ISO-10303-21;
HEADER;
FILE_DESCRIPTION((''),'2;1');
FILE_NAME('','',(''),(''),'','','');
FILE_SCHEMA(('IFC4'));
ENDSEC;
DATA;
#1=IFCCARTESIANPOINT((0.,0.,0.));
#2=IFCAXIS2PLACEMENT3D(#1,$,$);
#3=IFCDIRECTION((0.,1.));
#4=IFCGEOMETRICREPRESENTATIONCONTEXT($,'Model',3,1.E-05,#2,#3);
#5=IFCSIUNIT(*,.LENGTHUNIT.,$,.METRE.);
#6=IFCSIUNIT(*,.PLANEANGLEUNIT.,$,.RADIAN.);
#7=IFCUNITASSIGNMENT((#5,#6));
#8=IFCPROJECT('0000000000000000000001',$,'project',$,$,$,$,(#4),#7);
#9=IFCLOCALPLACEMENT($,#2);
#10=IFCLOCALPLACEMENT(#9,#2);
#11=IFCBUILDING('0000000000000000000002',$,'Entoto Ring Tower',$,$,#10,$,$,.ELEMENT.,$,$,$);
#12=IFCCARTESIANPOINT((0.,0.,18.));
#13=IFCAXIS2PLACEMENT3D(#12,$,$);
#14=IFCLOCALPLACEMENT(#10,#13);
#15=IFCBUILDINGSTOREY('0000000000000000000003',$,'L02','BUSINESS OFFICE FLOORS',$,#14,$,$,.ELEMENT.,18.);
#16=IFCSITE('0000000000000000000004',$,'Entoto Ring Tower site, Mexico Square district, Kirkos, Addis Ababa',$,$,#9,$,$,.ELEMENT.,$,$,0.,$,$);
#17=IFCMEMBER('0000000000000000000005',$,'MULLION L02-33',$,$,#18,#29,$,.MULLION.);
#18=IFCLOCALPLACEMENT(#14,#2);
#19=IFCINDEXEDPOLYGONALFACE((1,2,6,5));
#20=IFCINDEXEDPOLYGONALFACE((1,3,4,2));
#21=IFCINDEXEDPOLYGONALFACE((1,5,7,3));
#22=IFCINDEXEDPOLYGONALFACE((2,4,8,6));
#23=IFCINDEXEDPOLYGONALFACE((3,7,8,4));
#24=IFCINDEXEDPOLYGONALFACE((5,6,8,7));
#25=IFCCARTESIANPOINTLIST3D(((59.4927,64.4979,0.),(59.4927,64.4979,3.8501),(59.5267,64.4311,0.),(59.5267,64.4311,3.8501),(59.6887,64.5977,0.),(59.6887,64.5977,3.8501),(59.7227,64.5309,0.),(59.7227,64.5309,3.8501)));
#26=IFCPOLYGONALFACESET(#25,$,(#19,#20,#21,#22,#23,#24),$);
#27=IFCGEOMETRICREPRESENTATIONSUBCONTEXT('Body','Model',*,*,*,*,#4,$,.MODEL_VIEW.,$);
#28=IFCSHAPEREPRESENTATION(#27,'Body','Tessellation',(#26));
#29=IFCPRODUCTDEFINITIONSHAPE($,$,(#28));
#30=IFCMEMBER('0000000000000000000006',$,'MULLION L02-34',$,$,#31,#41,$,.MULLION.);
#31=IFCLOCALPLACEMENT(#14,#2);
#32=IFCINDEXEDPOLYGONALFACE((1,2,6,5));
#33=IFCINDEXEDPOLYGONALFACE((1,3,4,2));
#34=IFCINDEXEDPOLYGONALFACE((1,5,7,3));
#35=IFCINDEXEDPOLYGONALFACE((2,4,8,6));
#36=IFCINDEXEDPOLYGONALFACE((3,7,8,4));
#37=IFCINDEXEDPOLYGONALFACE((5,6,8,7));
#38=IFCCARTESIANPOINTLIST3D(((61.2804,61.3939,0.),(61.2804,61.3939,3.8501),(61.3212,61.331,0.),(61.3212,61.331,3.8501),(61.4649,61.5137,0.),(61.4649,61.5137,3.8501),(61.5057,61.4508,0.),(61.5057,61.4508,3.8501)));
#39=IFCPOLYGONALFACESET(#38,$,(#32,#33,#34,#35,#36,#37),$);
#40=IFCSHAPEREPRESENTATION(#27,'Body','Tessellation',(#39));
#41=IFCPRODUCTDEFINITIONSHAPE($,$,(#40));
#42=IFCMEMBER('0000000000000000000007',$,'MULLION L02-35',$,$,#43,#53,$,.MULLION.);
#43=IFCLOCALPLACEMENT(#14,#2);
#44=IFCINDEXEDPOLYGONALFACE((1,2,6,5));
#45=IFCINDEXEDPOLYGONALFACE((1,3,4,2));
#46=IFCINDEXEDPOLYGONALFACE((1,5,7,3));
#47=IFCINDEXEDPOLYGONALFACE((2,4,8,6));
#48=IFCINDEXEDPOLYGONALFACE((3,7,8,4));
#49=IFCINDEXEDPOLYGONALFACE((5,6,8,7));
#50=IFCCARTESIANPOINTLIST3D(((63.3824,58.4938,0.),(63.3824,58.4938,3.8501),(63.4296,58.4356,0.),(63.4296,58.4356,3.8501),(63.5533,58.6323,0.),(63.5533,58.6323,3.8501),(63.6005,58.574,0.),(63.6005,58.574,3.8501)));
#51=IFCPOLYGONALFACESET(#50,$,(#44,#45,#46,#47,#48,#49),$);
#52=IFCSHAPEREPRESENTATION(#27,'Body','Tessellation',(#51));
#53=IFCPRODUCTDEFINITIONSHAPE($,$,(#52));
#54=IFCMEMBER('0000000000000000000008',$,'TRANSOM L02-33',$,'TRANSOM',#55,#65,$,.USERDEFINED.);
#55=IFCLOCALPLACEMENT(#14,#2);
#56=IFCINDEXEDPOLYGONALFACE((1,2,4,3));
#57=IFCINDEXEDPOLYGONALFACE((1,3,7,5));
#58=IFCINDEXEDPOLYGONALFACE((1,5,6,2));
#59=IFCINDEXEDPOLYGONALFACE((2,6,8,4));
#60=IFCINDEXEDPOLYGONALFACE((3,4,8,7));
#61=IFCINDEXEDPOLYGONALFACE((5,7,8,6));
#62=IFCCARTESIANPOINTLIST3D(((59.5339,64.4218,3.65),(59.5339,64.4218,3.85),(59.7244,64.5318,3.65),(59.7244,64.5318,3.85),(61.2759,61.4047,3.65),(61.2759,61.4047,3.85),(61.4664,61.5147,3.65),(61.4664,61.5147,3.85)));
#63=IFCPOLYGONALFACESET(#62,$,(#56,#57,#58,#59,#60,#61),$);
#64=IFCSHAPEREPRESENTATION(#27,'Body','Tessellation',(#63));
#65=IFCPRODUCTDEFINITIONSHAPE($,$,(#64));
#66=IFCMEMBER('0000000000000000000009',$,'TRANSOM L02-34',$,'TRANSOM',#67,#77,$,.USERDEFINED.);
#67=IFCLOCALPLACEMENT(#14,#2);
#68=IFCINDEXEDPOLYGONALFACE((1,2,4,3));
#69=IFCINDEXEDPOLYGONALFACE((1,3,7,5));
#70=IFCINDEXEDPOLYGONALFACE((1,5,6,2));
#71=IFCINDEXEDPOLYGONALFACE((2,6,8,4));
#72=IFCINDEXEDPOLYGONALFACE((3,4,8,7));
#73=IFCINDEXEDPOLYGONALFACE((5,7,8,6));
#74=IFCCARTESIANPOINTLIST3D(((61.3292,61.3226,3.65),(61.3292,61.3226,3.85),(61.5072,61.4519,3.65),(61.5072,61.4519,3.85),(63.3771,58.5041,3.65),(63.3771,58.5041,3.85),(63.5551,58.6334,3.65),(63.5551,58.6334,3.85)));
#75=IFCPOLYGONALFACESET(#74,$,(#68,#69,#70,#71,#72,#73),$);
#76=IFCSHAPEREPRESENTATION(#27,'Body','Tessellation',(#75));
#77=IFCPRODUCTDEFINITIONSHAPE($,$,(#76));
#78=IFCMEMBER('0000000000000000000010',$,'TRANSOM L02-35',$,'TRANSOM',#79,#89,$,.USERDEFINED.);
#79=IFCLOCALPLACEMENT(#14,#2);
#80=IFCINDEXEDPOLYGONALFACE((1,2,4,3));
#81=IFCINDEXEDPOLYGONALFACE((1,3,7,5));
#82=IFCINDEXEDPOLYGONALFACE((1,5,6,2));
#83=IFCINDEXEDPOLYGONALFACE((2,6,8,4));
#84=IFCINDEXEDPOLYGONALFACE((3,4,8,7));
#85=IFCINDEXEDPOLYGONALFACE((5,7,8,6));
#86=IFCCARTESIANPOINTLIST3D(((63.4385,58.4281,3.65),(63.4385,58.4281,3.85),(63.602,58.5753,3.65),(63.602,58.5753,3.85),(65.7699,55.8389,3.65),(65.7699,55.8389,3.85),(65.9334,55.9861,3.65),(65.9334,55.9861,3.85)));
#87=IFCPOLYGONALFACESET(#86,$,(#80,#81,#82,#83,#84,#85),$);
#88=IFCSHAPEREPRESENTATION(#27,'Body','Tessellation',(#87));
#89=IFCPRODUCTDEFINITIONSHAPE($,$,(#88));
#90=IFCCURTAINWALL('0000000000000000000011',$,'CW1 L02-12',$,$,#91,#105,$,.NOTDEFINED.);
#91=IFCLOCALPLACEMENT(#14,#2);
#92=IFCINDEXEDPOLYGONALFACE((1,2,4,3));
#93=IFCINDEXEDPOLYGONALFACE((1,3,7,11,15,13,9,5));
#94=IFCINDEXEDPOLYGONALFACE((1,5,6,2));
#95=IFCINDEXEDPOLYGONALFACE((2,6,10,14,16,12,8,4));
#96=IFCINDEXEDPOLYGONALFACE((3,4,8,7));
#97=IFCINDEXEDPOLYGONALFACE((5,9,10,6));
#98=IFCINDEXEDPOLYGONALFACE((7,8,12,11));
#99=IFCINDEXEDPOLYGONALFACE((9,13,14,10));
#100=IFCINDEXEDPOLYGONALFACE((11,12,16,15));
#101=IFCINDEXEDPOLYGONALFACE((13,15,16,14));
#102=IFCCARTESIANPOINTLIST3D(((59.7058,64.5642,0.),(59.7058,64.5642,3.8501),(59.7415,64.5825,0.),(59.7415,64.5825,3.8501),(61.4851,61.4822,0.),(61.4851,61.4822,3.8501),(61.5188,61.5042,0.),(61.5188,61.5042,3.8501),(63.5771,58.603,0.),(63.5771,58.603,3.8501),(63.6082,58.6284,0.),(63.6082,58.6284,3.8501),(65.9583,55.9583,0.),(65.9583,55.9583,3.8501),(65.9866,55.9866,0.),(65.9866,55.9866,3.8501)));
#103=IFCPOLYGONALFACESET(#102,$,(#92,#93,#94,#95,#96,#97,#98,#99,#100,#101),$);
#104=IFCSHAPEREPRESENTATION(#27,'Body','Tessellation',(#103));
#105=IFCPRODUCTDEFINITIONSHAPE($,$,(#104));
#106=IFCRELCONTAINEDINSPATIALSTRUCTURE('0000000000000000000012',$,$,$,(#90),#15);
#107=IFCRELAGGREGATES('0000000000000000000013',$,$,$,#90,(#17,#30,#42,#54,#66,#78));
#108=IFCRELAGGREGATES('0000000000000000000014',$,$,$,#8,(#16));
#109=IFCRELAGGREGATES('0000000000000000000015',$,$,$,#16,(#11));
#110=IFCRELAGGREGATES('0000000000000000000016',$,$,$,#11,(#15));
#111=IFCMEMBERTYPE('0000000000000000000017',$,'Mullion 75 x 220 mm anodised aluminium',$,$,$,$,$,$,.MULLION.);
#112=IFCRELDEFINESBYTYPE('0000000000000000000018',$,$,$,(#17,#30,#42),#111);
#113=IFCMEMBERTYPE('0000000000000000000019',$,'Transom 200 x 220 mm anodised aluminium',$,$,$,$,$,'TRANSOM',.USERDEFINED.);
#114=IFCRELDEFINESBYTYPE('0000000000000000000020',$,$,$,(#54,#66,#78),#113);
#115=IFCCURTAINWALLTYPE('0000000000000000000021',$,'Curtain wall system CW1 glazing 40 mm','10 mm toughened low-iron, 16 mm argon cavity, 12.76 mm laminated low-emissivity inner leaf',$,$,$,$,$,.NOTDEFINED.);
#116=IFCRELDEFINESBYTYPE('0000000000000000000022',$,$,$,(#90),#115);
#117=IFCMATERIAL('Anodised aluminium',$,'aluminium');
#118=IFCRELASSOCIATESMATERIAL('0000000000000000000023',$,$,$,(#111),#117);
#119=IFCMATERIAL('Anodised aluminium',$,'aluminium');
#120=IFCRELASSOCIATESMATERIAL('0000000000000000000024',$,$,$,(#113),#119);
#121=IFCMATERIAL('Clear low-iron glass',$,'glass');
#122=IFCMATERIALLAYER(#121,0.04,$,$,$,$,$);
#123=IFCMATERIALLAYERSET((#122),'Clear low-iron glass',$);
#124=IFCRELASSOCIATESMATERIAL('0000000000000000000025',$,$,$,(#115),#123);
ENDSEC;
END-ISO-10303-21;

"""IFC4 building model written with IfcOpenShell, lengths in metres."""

from ifc_helpers import new_model, si_unit, direction, frame, origin, origin_2d, place, context, subcontext, project, spatial, polyline, rectangle, outline, extrude, material, layer, layer_set, material_profile, profile_set, type_object, element, aggregate, save


model = new_model("IFC4")

# Units and contexts
model_context = context("Model", 3, precision=1e-05, world=origin(), true_north=direction((0.0, 1.0)))
body_context = subcontext(model_context, "Body", "Model", "MODEL_VIEW")
ifc_project = project(units=[si_unit("LENGTHUNIT", "METRE"), si_unit("PLANEANGLEUNIT", "RADIAN")], contexts=[model_context])

# Members
ifc_material_1 = material(Name="Anodised aluminium", Category="aluminium")
ifc_material_profile_1 = material_profile(ifc_material_1, rectangle(XDim=0.075, YDim=0.22, at=origin_2d()), Name="Mullion 75 x 220 mm anodised aluminium")
ifc_profile_set_1 = profile_set([ifc_material_profile_1], Name="Anodised aluminium")
member_type_1 = type_object("IfcMemberType", Name="Mullion 75 x 220 mm anodised aluminium", PredefinedType="MULLION", material=ifc_profile_set_1)
site_placement = place(None, origin())
building_placement = place(site_placement, origin())
storey_placement = place(building_placement, frame((0.0, 0.0, 18.0)))
member_1_placement = place(storey_placement, frame((59.6077, 64.5144, 0.0), z_axis=(0.0, 0.0, 1.0), x_axis=(0.45399, -0.891007, 0.0)))
member_1 = element("IfcMember", 1, at=member_1_placement, type_object=member_type_1, Name="MULLION L02-33", PredefinedType="MULLION", context=body_context, shape_type="SweptSolid", body=[
    extrude(rectangle(XDim=0.075, YDim=0.22, at=origin_2d()), origin(), (0.0, 0.0, 1.0), 3.8501),
])
member_2_placement = place(storey_placement, frame((61.3931, 61.4224, 0.0), z_axis=(0.0, 0.0, 1.0), x_axis=(0.544639, -0.838671, 0.0)))
member_2 = element("IfcMember", 2, at=member_2_placement, type_object=member_type_1, Name="MULLION L02-34", PredefinedType="MULLION", context=body_context, shape_type="SweptSolid", body=[
    extrude(rectangle(XDim=0.075, YDim=0.22, at=origin_2d()), origin(), (0.0, 0.0, 1.0), 3.8501),
])
member_3_placement = place(storey_placement, frame((63.4915, 58.5339, 0.0), z_axis=(0.0, 0.0, 1.0), x_axis=(0.62932, -0.777146, 0.0)))
member_3 = element("IfcMember", 3, at=member_3_placement, type_object=member_type_1, Name="MULLION L02-35", PredefinedType="MULLION", context=body_context, shape_type="SweptSolid", body=[
    extrude(rectangle(XDim=0.075, YDim=0.22, at=origin_2d()), origin(), (0.0, 0.0, 1.0), 3.8501),
])
ifc_material_2 = material(Name="Anodised aluminium", Category="aluminium")
ifc_material_profile_2 = material_profile(ifc_material_2, rectangle(XDim=0.22, YDim=0.2, at=origin_2d()), Name="Transom 200 x 220 mm anodised aluminium")
ifc_profile_set_2 = profile_set([ifc_material_profile_2], Name="Anodised aluminium")
member_type_2 = type_object("IfcMemberType", Name="Transom 200 x 220 mm anodised aluminium", ElementType="TRANSOM", PredefinedType="USERDEFINED", material=ifc_profile_set_2)
member_4_placement = place(storey_placement, frame((59.6292, 64.4768, 3.75), z_axis=(0.500006, -0.866022, 0.0), x_axis=(0.866022, 0.500006, 0.0)))
member_4 = element("IfcMember", 4, at=member_4_placement, type_object=member_type_2, Name="TRANSOM L02-33", ObjectType="TRANSOM", PredefinedType="USERDEFINED", context=body_context, shape_type="SweptSolid", body=[
    extrude(rectangle(XDim=0.22, YDim=0.2, at=origin_2d()), origin(), (0.0, 0.0, 1.0), 3.4839),
])
member_5_placement = place(storey_placement, frame((61.4182, 61.3872, 3.75), z_axis=(0.587822, -0.808991, 0.0), x_axis=(0.808991, 0.587822, 0.0)))
member_5 = element("IfcMember", 5, at=member_5_placement, type_object=member_type_2, Name="TRANSOM L02-34", ObjectType="TRANSOM", PredefinedType="USERDEFINED", context=body_context, shape_type="SweptSolid", body=[
    extrude(rectangle(XDim=0.22, YDim=0.2, at=origin_2d()), origin(), (0.0, 0.0, 1.0), 3.4839),
])
member_6_placement = place(storey_placement, frame((63.5203, 58.5017, 3.75), z_axis=(0.669139, -0.743137, 0.0), x_axis=(0.743137, 0.669139, 0.0)))
member_6 = element("IfcMember", 6, at=member_6_placement, type_object=member_type_2, Name="TRANSOM L02-35", ObjectType="TRANSOM", PredefinedType="USERDEFINED", context=body_context, shape_type="SweptSolid", body=[
    extrude(rectangle(XDim=0.22, YDim=0.2, at=origin_2d()), origin(), (0.0, 0.0, 1.0), 3.4841),
])

# Site, building, storey
site = spatial("IfcSite", under=ifc_project, at=site_placement, Name="Entoto Ring Tower site, Mexico Square district, Kirkos, Addis Ababa", CompositionType="ELEMENT", RefElevation=0.0)
building = spatial("IfcBuilding", under=site, at=building_placement, Name="Entoto Ring Tower", CompositionType="ELEMENT")
storey = spatial("IfcBuildingStorey", under=building, at=storey_placement, Name="L02", Description="BUSINESS OFFICE FLOORS", CompositionType="ELEMENT", Elevation=18.0)

# Curtain wall
ifc_material_3 = material(Name="Clear low-iron glass", Category="glass")
ifc_layer = layer(ifc_material_3, 0.04)
ifc_layer_set = layer_set([ifc_layer], Name="Clear low-iron glass")
curtain_wall_type = type_object("IfcCurtainWallType", Name="Curtain wall system CW1 glazing 40 mm", Description="10 mm toughened low-iron, 16 mm argon cavity, 12.76 mm laminated low-emissivity inner leaf", PredefinedType="NOTDEFINED", material=ifc_layer_set)
curtain_wall_1_placement = place(storey_placement, origin())
curtain_wall_1 = element("IfcCurtainWall", 7, at=curtain_wall_1_placement, inside=storey, type_object=curtain_wall_type, Name="CW1 L02-12", PredefinedType="NOTDEFINED", context=body_context, shape_type="SweptSolid", body=[
    extrude(outline(polyline([(59.7058, 64.5642), (61.4851, 61.4822), (63.5771, 58.603), (65.9583, 55.9583), (65.9866, 55.9866), (63.6082, 58.6284), (61.5188, 61.5042), (59.7415, 64.5825), (59.7058, 64.5642)])), origin(), (0.0, 0.0, 1.0), 3.8501),
])
aggregate(curtain_wall_1, [member_1, member_2, member_3, member_4, member_5, member_6])

save(model, "model.ifc")
